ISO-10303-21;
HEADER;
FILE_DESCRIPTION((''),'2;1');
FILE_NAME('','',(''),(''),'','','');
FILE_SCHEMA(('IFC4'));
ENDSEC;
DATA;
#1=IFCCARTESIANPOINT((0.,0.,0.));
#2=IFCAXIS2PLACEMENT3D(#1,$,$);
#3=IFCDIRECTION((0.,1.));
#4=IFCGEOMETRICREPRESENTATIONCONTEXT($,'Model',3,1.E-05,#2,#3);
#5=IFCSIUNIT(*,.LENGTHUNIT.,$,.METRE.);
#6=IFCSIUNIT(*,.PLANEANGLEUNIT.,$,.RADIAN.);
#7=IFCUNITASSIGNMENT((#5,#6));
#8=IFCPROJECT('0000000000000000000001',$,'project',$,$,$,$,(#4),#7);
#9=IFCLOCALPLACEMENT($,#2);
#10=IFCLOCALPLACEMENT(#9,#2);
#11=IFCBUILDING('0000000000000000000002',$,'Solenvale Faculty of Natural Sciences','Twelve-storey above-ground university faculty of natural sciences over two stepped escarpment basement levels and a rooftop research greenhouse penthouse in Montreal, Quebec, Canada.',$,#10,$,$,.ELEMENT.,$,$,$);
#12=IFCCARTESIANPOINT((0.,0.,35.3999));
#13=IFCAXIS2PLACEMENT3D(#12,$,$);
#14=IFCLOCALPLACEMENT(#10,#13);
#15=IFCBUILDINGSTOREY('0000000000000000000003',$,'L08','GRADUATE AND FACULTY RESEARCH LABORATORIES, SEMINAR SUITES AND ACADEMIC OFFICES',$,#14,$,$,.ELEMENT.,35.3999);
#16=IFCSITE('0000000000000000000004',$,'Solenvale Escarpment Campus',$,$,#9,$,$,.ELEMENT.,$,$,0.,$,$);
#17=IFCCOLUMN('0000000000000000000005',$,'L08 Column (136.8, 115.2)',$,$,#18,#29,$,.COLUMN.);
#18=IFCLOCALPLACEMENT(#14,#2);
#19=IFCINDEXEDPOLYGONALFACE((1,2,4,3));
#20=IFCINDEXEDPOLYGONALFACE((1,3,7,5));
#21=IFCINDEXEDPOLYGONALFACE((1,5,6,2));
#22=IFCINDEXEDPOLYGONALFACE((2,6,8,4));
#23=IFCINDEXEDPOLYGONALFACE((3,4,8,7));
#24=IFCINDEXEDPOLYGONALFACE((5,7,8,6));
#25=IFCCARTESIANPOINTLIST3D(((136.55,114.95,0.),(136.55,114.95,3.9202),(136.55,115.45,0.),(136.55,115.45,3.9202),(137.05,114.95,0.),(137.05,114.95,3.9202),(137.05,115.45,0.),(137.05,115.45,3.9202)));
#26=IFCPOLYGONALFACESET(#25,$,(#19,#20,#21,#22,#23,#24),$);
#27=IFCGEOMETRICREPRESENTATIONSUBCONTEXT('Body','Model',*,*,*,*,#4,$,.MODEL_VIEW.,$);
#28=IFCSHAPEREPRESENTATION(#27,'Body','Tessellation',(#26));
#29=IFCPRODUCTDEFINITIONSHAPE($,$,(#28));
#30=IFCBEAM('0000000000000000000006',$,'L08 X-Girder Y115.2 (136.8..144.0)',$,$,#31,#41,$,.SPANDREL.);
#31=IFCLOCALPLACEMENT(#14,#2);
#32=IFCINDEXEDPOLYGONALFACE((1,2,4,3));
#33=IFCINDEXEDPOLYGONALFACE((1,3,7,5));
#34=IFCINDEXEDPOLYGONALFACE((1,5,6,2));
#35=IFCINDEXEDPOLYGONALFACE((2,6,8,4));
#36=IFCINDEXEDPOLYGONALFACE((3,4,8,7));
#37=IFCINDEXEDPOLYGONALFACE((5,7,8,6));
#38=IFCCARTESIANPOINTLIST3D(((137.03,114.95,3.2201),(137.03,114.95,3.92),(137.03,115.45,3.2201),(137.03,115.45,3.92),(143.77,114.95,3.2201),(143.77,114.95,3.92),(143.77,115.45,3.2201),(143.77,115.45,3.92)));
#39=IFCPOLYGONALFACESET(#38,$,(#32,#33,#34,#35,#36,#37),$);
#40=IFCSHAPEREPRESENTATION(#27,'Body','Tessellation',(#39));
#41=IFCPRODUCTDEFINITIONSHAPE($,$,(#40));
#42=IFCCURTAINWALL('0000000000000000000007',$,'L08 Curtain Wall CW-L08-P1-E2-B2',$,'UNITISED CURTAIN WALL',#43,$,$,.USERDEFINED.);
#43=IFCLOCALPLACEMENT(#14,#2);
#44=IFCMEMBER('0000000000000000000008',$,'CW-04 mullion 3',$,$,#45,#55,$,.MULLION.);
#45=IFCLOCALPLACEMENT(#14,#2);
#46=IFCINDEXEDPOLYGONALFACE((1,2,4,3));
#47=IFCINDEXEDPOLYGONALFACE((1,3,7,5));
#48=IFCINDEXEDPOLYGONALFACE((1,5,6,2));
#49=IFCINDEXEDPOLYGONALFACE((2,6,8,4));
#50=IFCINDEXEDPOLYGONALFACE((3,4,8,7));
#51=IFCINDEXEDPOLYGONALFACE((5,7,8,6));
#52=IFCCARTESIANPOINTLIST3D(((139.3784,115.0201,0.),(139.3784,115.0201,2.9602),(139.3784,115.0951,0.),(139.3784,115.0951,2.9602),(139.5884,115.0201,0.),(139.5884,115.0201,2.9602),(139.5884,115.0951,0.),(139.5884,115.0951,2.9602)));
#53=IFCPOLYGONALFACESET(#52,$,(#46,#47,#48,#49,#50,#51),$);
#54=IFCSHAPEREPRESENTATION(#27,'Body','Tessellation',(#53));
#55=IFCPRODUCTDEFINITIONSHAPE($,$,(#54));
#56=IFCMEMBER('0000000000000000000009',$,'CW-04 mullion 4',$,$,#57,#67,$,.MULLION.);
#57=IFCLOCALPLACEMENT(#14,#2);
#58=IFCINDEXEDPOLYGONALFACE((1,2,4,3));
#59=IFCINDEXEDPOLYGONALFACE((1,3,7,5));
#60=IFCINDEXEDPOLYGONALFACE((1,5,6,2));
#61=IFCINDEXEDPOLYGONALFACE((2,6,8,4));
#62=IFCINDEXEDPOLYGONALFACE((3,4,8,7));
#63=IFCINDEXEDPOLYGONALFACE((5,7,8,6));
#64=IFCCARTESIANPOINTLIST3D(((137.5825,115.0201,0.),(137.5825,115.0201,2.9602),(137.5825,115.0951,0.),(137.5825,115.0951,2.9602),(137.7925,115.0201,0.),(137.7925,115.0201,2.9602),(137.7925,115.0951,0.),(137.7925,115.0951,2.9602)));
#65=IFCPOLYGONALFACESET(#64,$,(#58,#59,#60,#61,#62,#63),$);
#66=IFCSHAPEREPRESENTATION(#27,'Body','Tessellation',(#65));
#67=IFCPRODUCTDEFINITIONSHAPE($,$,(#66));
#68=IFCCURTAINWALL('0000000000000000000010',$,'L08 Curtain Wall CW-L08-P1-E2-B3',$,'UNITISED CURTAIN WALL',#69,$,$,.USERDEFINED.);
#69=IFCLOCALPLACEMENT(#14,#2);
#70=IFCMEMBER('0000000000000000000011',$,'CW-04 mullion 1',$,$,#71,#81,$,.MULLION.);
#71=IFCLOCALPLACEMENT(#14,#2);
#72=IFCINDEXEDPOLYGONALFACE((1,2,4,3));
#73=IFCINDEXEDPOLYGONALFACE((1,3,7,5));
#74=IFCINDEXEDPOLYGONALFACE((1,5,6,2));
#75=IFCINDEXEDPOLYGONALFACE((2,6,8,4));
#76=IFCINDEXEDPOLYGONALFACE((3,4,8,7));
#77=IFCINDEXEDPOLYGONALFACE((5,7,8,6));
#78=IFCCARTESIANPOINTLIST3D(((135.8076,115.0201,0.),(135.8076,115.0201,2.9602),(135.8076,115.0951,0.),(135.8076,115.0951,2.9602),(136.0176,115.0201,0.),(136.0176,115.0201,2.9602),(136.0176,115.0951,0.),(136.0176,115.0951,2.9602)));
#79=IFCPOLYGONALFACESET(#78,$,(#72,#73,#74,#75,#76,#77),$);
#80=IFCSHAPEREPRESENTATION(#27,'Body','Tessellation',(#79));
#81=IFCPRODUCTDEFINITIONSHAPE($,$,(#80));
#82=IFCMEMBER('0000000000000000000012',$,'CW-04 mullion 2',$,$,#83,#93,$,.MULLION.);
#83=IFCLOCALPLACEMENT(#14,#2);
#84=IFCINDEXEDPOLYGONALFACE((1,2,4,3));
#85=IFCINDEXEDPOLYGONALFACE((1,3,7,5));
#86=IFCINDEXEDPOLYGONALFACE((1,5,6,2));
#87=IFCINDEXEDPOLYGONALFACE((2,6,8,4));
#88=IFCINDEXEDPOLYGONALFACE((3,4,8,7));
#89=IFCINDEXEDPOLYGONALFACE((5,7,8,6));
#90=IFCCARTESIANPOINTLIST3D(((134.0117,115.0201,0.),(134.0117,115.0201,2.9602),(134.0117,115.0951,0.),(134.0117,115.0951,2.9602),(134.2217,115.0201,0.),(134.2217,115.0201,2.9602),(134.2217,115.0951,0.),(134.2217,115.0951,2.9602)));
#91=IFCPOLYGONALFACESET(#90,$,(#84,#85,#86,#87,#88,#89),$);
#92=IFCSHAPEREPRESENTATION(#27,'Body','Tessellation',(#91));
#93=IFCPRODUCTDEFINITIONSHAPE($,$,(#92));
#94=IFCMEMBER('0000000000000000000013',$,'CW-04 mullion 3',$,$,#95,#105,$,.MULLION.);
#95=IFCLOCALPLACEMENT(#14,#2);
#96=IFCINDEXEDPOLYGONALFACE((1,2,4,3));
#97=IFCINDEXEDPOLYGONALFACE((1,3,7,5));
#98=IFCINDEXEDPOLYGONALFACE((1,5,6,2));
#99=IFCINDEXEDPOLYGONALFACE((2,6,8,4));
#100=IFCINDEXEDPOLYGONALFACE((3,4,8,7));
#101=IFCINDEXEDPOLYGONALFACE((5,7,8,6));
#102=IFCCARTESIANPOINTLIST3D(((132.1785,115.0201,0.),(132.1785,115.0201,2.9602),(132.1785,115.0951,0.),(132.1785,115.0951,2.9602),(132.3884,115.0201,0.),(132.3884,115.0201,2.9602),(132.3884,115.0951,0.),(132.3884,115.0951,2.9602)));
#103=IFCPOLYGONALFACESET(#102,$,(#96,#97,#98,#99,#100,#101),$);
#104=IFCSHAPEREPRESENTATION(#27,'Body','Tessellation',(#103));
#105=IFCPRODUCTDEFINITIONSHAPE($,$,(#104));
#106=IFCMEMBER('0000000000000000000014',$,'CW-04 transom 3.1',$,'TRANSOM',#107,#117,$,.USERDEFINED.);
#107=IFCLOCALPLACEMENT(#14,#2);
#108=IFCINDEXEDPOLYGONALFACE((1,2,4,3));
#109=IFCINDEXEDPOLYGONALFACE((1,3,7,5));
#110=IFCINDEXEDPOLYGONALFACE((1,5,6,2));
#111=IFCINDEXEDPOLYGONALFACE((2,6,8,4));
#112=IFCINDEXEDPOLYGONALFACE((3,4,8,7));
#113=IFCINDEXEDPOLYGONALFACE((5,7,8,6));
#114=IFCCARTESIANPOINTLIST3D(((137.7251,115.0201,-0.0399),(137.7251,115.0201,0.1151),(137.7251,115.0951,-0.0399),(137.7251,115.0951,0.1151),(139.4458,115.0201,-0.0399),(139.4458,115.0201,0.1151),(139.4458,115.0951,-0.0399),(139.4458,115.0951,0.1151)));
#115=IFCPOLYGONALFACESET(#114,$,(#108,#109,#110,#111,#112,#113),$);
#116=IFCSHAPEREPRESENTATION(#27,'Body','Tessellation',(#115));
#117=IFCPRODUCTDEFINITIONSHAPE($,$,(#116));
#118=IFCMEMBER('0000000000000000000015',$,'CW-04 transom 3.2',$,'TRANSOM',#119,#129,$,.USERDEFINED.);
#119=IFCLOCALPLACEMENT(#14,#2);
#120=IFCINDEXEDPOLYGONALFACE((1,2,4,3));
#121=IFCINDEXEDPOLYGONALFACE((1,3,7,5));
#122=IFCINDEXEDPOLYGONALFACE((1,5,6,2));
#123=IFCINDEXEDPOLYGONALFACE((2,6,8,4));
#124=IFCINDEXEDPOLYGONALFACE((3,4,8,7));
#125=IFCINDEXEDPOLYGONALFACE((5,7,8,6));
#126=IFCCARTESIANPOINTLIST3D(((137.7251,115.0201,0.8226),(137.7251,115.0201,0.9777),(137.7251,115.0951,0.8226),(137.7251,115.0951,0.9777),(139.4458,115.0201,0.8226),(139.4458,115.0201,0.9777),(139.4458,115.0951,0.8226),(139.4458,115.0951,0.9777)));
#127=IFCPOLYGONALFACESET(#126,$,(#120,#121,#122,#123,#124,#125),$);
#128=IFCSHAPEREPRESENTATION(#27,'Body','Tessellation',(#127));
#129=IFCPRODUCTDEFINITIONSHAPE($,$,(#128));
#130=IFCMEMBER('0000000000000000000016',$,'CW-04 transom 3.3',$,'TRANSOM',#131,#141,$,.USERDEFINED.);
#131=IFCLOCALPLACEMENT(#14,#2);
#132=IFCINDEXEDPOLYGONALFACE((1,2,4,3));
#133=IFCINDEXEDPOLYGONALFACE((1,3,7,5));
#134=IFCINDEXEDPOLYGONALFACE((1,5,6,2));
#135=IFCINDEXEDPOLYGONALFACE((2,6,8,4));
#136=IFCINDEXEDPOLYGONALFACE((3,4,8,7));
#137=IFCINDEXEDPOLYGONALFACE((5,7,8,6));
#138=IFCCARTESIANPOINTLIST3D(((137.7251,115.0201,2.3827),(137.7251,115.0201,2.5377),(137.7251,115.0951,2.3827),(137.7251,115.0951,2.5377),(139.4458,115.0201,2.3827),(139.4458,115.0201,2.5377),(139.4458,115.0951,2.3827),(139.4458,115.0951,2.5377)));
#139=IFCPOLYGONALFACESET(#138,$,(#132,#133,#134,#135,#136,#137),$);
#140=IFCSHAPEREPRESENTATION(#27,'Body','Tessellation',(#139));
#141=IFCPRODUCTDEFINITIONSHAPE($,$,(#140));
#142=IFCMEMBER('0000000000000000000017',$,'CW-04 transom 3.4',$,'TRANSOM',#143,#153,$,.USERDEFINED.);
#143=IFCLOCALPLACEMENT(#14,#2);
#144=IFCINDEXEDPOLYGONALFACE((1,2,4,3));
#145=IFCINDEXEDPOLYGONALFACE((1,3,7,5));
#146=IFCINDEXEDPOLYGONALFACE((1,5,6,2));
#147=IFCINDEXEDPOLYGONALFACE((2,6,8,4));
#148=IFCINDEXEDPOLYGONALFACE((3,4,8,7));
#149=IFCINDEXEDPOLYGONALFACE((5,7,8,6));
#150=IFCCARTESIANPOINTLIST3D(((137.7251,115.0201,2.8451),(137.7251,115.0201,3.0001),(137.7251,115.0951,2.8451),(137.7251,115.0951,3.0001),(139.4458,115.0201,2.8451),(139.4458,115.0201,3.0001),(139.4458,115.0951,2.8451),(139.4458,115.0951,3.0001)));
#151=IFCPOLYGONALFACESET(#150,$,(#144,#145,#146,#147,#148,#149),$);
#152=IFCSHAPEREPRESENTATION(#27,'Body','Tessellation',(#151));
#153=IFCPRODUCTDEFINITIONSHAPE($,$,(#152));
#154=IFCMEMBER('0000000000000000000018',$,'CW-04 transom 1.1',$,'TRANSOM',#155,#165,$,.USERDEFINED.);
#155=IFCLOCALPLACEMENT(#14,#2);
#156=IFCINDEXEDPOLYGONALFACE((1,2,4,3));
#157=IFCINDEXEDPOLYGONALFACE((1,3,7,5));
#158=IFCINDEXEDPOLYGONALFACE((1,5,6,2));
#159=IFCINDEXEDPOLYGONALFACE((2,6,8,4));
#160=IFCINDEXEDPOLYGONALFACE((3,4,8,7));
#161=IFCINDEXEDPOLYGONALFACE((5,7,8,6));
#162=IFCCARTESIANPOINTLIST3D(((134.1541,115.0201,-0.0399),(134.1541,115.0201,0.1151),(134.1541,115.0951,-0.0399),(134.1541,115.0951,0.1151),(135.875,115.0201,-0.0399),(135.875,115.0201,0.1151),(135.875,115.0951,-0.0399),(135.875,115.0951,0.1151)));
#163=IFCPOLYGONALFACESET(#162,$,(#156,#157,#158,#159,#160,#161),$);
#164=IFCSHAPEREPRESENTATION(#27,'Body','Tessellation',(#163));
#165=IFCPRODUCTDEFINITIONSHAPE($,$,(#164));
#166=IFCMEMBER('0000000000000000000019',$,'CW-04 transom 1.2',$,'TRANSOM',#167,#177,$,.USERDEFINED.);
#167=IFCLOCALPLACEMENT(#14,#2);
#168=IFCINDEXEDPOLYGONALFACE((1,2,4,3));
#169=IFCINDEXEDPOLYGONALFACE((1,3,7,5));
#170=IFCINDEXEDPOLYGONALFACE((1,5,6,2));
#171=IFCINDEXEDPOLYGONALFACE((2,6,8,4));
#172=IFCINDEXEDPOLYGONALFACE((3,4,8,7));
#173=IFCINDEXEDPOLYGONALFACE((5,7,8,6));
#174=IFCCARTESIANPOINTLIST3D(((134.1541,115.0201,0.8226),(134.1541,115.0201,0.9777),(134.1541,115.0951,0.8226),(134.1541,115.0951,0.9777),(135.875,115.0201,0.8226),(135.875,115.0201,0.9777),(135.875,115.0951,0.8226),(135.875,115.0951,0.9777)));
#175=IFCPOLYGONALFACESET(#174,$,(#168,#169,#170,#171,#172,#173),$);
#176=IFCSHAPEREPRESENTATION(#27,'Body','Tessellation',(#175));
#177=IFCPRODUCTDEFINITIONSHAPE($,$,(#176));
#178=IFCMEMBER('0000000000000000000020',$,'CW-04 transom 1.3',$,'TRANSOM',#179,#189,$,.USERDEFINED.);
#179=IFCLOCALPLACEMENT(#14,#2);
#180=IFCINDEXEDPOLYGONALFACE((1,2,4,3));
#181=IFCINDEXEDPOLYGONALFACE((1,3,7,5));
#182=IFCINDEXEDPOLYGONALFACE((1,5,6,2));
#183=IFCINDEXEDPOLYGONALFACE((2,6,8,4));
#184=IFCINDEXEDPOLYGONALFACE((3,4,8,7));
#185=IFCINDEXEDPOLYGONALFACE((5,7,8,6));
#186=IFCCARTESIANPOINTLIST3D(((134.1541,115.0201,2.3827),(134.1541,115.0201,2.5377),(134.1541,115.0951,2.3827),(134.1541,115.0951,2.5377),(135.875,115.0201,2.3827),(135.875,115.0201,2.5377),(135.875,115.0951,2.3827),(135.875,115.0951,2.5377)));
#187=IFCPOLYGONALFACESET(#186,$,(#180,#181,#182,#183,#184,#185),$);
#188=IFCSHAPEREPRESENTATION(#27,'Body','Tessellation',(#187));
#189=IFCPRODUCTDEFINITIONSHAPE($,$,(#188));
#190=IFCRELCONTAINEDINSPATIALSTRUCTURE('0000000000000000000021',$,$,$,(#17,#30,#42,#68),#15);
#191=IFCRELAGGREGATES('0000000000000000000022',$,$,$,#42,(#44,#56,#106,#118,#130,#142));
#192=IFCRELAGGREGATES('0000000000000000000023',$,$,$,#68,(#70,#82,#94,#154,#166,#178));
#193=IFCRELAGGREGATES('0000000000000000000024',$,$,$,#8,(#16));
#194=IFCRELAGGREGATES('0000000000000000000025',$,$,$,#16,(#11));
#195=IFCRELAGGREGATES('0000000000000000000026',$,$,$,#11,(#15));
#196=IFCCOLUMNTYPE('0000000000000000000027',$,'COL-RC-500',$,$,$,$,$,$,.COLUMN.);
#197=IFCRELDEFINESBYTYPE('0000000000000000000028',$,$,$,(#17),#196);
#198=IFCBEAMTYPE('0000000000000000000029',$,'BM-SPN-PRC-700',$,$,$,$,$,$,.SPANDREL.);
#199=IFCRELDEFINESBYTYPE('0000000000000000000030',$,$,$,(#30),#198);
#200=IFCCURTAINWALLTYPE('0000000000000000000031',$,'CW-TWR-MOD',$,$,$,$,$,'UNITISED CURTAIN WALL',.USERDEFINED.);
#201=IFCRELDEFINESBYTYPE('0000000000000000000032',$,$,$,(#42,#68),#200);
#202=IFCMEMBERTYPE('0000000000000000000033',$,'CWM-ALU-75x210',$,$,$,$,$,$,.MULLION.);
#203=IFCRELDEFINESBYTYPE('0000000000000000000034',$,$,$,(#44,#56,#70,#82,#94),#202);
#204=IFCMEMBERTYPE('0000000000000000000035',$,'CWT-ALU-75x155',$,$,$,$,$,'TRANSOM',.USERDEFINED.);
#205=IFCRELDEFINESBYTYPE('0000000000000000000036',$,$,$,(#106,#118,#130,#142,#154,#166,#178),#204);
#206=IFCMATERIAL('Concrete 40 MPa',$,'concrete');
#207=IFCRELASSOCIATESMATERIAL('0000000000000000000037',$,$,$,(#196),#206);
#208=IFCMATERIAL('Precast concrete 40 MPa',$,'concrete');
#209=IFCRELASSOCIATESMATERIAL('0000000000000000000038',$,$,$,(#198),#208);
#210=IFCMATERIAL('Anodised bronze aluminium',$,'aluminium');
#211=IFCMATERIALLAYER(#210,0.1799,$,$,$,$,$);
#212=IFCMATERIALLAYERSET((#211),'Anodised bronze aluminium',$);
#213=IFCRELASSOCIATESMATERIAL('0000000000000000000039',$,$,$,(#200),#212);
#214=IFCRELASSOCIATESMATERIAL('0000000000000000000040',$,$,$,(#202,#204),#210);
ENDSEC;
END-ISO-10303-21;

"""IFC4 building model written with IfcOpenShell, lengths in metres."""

from ifc_helpers import new_model, si_unit, direction, frame, origin, origin_2d, place, context, subcontext, project, spatial, rectangle, extrude, material, layer, layer_set, material_profile, profile_set, type_object, element, aggregate, save


model = new_model("IFC4")

# Units and contexts
model_context = context("Model", 3, precision=1e-05, world=origin(), true_north=direction((0.0, 1.0)))
body_context = subcontext(model_context, "Body", "Model", "MODEL_VIEW")
ifc_project = project(units=[si_unit("LENGTHUNIT", "METRE"), si_unit("PLANEANGLEUNIT", "RADIAN")], contexts=[model_context])

# Site, building, storey
site_placement = place(None, origin())
site = spatial("IfcSite", under=ifc_project, at=site_placement, Name="Solenvale Escarpment Campus", CompositionType="ELEMENT", RefElevation=0.0)
building_placement = place(site_placement, origin())
building = spatial("IfcBuilding", under=site, at=building_placement, Name="Solenvale Faculty of Natural Sciences", Description="Twelve-storey above-ground university faculty of natural sciences over two stepped escarpment basement levels and a rooftop research greenhouse penthouse in Montreal, Quebec, Canada.", CompositionType="ELEMENT")
storey_placement = place(building_placement, frame((0.0, 0.0, 35.3999)))
storey = spatial("IfcBuildingStorey", under=building, at=storey_placement, Name="L08", Description="GRADUATE AND FACULTY RESEARCH LABORATORIES, SEMINAR SUITES AND ACADEMIC OFFICES", CompositionType="ELEMENT", Elevation=35.3999)

# Column
ifc_material_1 = material(Name="Concrete 40 MPa", Category="concrete")
ifc_material_profile_1 = material_profile(ifc_material_1, rectangle(XDim=0.5, YDim=0.5, at=origin_2d()), Name="RC-COL-500x500")
ifc_profile_set_1 = profile_set([ifc_material_profile_1], Name="Concrete 40 MPa")
column_type = type_object("IfcColumnType", Name="COL-RC-500", PredefinedType="COLUMN", material=ifc_profile_set_1)
column_placement = place(storey_placement, frame((136.8, 115.2, 0.0), z_axis=(0.0, 0.0, 1.0), x_axis=(1.0, 0.0, 0.0)))
element("IfcColumn", 1, at=column_placement, inside=storey, type_object=column_type, Name="L08 Column (136.8, 115.2)", PredefinedType="COLUMN", context=body_context, shape_type="SweptSolid", body=[
    extrude(rectangle(XDim=0.5, YDim=0.5, at=origin_2d()), origin(), (0.0, 0.0, 1.0), 3.9202),
])

# Beam
ifc_material_2 = material(Name="Precast concrete 40 MPa", Category="concrete")
ifc_material_profile_2 = material_profile(ifc_material_2, rectangle(XDim=0.5, YDim=0.7, at=origin_2d()), Name="RC-BM-500x700")
ifc_profile_set_2 = profile_set([ifc_material_profile_2], Name="Precast concrete 40 MPa")
beam_type = type_object("IfcBeamType", Name="BM-SPN-PRC-700", PredefinedType="SPANDREL", material=ifc_profile_set_2)
beam_placement = place(storey_placement, frame((137.03, 115.2, 3.5701), z_axis=(1.0, 0.0, 0.0), x_axis=(0.0, 1.0, 0.0)))
element("IfcBeam", 2, at=beam_placement, inside=storey, type_object=beam_type, Name="L08 X-Girder Y115.2 (136.8..144.0)", PredefinedType="SPANDREL", context=body_context, shape_type="SweptSolid", body=[
    extrude(rectangle(XDim=0.5, YDim=0.7, at=origin_2d()), origin(), (0.0, 0.0, 1.0), 6.74),
])

# Curtain walls, members
ifc_material_3 = material(Name="Anodised bronze aluminium", Category="aluminium")
ifc_layer_1 = layer(ifc_material_3, 0.1799)
ifc_layer_set_1 = layer_set([ifc_layer_1], Name="Anodised bronze aluminium")
curtain_wall_type = type_object("IfcCurtainWallType", Name="CW-TWR-MOD", ElementType="UNITISED CURTAIN WALL", PredefinedType="USERDEFINED", material=ifc_layer_set_1)
curtain_wall_1_placement = place(storey_placement, origin())
curtain_wall_1 = element("IfcCurtainWall", 3, at=curtain_wall_1_placement, inside=storey, type_object=curtain_wall_type, Name="L08 Curtain Wall CW-L08-P1-E2-B2", ObjectType="UNITISED CURTAIN WALL", PredefinedType="USERDEFINED")
ifc_material_profile_3 = material_profile(ifc_material_3, rectangle(XDim=0.075, YDim=0.21, at=origin_2d()), Name="ALU-MUL-75x210")
ifc_profile_set_3 = profile_set([ifc_material_profile_3], Name="Anodised bronze aluminium")
member_type_1 = type_object("IfcMemberType", Name="CWM-ALU-75x210", PredefinedType="MULLION", material=ifc_profile_set_3)
member_1_placement = place(storey_placement, frame((139.4834, 115.0576, 0.0), z_axis=(0.0, 0.0, 1.0), x_axis=(0.0, -1.0, 0.0)))
member_1 = element("IfcMember", 4, at=member_1_placement, type_object=member_type_1, Name="CW-04 mullion 3", PredefinedType="MULLION", context=body_context, shape_type="SweptSolid", body=[
    extrude(rectangle(XDim=0.075, YDim=0.21, at=origin_2d()), origin(), (0.0, 0.0, 1.0), 2.9602),
])
member_2_placement = place(storey_placement, frame((137.6875, 115.0576, 0.0), z_axis=(0.0, 0.0, 1.0), x_axis=(0.0, -1.0, 0.0)))
member_2 = element("IfcMember", 5, at=member_2_placement, type_object=member_type_1, Name="CW-04 mullion 4", PredefinedType="MULLION", context=body_context, shape_type="SweptSolid", body=[
    extrude(rectangle(XDim=0.075, YDim=0.21, at=origin_2d()), origin(), (0.0, 0.0, 1.0), 2.9602),
])
curtain_wall_2_placement = place(storey_placement, origin())
curtain_wall_2 = element("IfcCurtainWall", 6, at=curtain_wall_2_placement, inside=storey, type_object=curtain_wall_type, Name="L08 Curtain Wall CW-L08-P1-E2-B3", ObjectType="UNITISED CURTAIN WALL", PredefinedType="USERDEFINED")
member_3_placement = place(storey_placement, frame((135.9126, 115.0576, 0.0), z_axis=(0.0, 0.0, 1.0), x_axis=(0.0, -1.0, 0.0)))
member_3 = element("IfcMember", 7, at=member_3_placement, type_object=member_type_1, Name="CW-04 mullion 1", PredefinedType="MULLION", context=body_context, shape_type="SweptSolid", body=[
    extrude(rectangle(XDim=0.075, YDim=0.21, at=origin_2d()), origin(), (0.0, 0.0, 1.0), 2.9602),
])
member_4_placement = place(storey_placement, frame((134.1167, 115.0576, 0.0), z_axis=(0.0, 0.0, 1.0), x_axis=(0.0, -1.0, 0.0)))
member_4 = element("IfcMember", 8, at=member_4_placement, type_object=member_type_1, Name="CW-04 mullion 2", PredefinedType="MULLION", context=body_context, shape_type="SweptSolid", body=[
    extrude(rectangle(XDim=0.075, YDim=0.21, at=origin_2d()), origin(), (0.0, 0.0, 1.0), 2.9602),
])
member_5_placement = place(storey_placement, frame((132.2834, 115.0576, 0.0), z_axis=(0.0, 0.0, 1.0), x_axis=(0.0, -1.0, 0.0)))
member_5 = element("IfcMember", 9, at=member_5_placement, type_object=member_type_1, Name="CW-04 mullion 3", PredefinedType="MULLION", context=body_context, shape_type="SweptSolid", body=[
    extrude(rectangle(XDim=0.075, YDim=0.21, at=origin_2d()), origin(), (0.0, 0.0, 1.0), 2.9602),
])

# Members
ifc_material_profile_4 = material_profile(ifc_material_3, rectangle(XDim=0.075, YDim=0.155, at=origin_2d()), Name="ALU-TRN-75x155")
ifc_profile_set_4 = profile_set([ifc_material_profile_4], Name="Anodised bronze aluminium")
member_type_2 = type_object("IfcMemberType", Name="CWT-ALU-75x155", ElementType="TRANSOM", PredefinedType="USERDEFINED", material=ifc_profile_set_4)
member_6_placement = place(storey_placement, frame((139.4458, 115.0576, 0.0376), z_axis=(-1.0, 0.0, 0.0), x_axis=(0.0, -1.0, 0.0)))
member_6 = element("IfcMember", 10, at=member_6_placement, type_object=member_type_2, Name="CW-04 transom 3.1", ObjectType="TRANSOM", PredefinedType="USERDEFINED", context=body_context, shape_type="SweptSolid", body=[
    extrude(rectangle(XDim=0.075, YDim=0.155, at=origin_2d()), origin(), (0.0, 0.0, 1.0), 1.7207),
])
member_7_placement = place(storey_placement, frame((139.4458, 115.0576, 0.9001), z_axis=(-1.0, 0.0, 0.0), x_axis=(0.0, -1.0, 0.0)))
member_7 = element("IfcMember", 11, at=member_7_placement, type_object=member_type_2, Name="CW-04 transom 3.2", ObjectType="TRANSOM", PredefinedType="USERDEFINED", context=body_context, shape_type="SweptSolid", body=[
    extrude(rectangle(XDim=0.075, YDim=0.155, at=origin_2d()), origin(), (0.0, 0.0, 1.0), 1.7207),
])
member_8_placement = place(storey_placement, frame((139.4458, 115.0576, 2.4602), z_axis=(-1.0, 0.0, 0.0), x_axis=(0.0, -1.0, 0.0)))
member_8 = element("IfcMember", 12, at=member_8_placement, type_object=member_type_2, Name="CW-04 transom 3.3", ObjectType="TRANSOM", PredefinedType="USERDEFINED", context=body_context, shape_type="SweptSolid", body=[
    extrude(rectangle(XDim=0.075, YDim=0.155, at=origin_2d()), origin(), (0.0, 0.0, 1.0), 1.7207),
])
member_9_placement = place(storey_placement, frame((139.4458, 115.0576, 2.9226), z_axis=(-1.0, 0.0, 0.0), x_axis=(0.0, -1.0, 0.0)))
member_9 = element("IfcMember", 13, at=member_9_placement, type_object=member_type_2, Name="CW-04 transom 3.4", ObjectType="TRANSOM", PredefinedType="USERDEFINED", context=body_context, shape_type="SweptSolid", body=[
    extrude(rectangle(XDim=0.075, YDim=0.155, at=origin_2d()), origin(), (0.0, 0.0, 1.0), 1.7207),
])
member_10_placement = place(storey_placement, frame((135.875, 115.0576, 0.0376), z_axis=(-1.0, 0.0, 0.0), x_axis=(0.0, -1.0, 0.0)))
member_10 = element("IfcMember", 14, at=member_10_placement, type_object=member_type_2, Name="CW-04 transom 1.1", ObjectType="TRANSOM", PredefinedType="USERDEFINED", context=body_context, shape_type="SweptSolid", body=[
    extrude(rectangle(XDim=0.075, YDim=0.155, at=origin_2d()), origin(), (0.0, 0.0, 1.0), 1.7209),
])
member_11_placement = place(storey_placement, frame((135.875, 115.0576, 0.9001), z_axis=(-1.0, 0.0, 0.0), x_axis=(0.0, -1.0, 0.0)))
member_11 = element("IfcMember", 15, at=member_11_placement, type_object=member_type_2, Name="CW-04 transom 1.2", ObjectType="TRANSOM", PredefinedType="USERDEFINED", context=body_context, shape_type="SweptSolid", body=[
    extrude(rectangle(XDim=0.075, YDim=0.155, at=origin_2d()), origin(), (0.0, 0.0, 1.0), 1.7209),
])
member_12_placement = place(storey_placement, frame((135.875, 115.0576, 2.4602), z_axis=(-1.0, 0.0, 0.0), x_axis=(0.0, -1.0, 0.0)))
member_12 = element("IfcMember", 16, at=member_12_placement, type_object=member_type_2, Name="CW-04 transom 1.3", ObjectType="TRANSOM", PredefinedType="USERDEFINED", context=body_context, shape_type="SweptSolid", body=[
    extrude(rectangle(XDim=0.075, YDim=0.155, at=origin_2d()), origin(), (0.0, 0.0, 1.0), 1.7209),
])

aggregate(curtain_wall_1, [member_1, member_2, member_6, member_7, member_8, member_9])
aggregate(curtain_wall_2, [member_3, member_4, member_5, member_10, member_11, member_12])

save(model, "model.ifc")
